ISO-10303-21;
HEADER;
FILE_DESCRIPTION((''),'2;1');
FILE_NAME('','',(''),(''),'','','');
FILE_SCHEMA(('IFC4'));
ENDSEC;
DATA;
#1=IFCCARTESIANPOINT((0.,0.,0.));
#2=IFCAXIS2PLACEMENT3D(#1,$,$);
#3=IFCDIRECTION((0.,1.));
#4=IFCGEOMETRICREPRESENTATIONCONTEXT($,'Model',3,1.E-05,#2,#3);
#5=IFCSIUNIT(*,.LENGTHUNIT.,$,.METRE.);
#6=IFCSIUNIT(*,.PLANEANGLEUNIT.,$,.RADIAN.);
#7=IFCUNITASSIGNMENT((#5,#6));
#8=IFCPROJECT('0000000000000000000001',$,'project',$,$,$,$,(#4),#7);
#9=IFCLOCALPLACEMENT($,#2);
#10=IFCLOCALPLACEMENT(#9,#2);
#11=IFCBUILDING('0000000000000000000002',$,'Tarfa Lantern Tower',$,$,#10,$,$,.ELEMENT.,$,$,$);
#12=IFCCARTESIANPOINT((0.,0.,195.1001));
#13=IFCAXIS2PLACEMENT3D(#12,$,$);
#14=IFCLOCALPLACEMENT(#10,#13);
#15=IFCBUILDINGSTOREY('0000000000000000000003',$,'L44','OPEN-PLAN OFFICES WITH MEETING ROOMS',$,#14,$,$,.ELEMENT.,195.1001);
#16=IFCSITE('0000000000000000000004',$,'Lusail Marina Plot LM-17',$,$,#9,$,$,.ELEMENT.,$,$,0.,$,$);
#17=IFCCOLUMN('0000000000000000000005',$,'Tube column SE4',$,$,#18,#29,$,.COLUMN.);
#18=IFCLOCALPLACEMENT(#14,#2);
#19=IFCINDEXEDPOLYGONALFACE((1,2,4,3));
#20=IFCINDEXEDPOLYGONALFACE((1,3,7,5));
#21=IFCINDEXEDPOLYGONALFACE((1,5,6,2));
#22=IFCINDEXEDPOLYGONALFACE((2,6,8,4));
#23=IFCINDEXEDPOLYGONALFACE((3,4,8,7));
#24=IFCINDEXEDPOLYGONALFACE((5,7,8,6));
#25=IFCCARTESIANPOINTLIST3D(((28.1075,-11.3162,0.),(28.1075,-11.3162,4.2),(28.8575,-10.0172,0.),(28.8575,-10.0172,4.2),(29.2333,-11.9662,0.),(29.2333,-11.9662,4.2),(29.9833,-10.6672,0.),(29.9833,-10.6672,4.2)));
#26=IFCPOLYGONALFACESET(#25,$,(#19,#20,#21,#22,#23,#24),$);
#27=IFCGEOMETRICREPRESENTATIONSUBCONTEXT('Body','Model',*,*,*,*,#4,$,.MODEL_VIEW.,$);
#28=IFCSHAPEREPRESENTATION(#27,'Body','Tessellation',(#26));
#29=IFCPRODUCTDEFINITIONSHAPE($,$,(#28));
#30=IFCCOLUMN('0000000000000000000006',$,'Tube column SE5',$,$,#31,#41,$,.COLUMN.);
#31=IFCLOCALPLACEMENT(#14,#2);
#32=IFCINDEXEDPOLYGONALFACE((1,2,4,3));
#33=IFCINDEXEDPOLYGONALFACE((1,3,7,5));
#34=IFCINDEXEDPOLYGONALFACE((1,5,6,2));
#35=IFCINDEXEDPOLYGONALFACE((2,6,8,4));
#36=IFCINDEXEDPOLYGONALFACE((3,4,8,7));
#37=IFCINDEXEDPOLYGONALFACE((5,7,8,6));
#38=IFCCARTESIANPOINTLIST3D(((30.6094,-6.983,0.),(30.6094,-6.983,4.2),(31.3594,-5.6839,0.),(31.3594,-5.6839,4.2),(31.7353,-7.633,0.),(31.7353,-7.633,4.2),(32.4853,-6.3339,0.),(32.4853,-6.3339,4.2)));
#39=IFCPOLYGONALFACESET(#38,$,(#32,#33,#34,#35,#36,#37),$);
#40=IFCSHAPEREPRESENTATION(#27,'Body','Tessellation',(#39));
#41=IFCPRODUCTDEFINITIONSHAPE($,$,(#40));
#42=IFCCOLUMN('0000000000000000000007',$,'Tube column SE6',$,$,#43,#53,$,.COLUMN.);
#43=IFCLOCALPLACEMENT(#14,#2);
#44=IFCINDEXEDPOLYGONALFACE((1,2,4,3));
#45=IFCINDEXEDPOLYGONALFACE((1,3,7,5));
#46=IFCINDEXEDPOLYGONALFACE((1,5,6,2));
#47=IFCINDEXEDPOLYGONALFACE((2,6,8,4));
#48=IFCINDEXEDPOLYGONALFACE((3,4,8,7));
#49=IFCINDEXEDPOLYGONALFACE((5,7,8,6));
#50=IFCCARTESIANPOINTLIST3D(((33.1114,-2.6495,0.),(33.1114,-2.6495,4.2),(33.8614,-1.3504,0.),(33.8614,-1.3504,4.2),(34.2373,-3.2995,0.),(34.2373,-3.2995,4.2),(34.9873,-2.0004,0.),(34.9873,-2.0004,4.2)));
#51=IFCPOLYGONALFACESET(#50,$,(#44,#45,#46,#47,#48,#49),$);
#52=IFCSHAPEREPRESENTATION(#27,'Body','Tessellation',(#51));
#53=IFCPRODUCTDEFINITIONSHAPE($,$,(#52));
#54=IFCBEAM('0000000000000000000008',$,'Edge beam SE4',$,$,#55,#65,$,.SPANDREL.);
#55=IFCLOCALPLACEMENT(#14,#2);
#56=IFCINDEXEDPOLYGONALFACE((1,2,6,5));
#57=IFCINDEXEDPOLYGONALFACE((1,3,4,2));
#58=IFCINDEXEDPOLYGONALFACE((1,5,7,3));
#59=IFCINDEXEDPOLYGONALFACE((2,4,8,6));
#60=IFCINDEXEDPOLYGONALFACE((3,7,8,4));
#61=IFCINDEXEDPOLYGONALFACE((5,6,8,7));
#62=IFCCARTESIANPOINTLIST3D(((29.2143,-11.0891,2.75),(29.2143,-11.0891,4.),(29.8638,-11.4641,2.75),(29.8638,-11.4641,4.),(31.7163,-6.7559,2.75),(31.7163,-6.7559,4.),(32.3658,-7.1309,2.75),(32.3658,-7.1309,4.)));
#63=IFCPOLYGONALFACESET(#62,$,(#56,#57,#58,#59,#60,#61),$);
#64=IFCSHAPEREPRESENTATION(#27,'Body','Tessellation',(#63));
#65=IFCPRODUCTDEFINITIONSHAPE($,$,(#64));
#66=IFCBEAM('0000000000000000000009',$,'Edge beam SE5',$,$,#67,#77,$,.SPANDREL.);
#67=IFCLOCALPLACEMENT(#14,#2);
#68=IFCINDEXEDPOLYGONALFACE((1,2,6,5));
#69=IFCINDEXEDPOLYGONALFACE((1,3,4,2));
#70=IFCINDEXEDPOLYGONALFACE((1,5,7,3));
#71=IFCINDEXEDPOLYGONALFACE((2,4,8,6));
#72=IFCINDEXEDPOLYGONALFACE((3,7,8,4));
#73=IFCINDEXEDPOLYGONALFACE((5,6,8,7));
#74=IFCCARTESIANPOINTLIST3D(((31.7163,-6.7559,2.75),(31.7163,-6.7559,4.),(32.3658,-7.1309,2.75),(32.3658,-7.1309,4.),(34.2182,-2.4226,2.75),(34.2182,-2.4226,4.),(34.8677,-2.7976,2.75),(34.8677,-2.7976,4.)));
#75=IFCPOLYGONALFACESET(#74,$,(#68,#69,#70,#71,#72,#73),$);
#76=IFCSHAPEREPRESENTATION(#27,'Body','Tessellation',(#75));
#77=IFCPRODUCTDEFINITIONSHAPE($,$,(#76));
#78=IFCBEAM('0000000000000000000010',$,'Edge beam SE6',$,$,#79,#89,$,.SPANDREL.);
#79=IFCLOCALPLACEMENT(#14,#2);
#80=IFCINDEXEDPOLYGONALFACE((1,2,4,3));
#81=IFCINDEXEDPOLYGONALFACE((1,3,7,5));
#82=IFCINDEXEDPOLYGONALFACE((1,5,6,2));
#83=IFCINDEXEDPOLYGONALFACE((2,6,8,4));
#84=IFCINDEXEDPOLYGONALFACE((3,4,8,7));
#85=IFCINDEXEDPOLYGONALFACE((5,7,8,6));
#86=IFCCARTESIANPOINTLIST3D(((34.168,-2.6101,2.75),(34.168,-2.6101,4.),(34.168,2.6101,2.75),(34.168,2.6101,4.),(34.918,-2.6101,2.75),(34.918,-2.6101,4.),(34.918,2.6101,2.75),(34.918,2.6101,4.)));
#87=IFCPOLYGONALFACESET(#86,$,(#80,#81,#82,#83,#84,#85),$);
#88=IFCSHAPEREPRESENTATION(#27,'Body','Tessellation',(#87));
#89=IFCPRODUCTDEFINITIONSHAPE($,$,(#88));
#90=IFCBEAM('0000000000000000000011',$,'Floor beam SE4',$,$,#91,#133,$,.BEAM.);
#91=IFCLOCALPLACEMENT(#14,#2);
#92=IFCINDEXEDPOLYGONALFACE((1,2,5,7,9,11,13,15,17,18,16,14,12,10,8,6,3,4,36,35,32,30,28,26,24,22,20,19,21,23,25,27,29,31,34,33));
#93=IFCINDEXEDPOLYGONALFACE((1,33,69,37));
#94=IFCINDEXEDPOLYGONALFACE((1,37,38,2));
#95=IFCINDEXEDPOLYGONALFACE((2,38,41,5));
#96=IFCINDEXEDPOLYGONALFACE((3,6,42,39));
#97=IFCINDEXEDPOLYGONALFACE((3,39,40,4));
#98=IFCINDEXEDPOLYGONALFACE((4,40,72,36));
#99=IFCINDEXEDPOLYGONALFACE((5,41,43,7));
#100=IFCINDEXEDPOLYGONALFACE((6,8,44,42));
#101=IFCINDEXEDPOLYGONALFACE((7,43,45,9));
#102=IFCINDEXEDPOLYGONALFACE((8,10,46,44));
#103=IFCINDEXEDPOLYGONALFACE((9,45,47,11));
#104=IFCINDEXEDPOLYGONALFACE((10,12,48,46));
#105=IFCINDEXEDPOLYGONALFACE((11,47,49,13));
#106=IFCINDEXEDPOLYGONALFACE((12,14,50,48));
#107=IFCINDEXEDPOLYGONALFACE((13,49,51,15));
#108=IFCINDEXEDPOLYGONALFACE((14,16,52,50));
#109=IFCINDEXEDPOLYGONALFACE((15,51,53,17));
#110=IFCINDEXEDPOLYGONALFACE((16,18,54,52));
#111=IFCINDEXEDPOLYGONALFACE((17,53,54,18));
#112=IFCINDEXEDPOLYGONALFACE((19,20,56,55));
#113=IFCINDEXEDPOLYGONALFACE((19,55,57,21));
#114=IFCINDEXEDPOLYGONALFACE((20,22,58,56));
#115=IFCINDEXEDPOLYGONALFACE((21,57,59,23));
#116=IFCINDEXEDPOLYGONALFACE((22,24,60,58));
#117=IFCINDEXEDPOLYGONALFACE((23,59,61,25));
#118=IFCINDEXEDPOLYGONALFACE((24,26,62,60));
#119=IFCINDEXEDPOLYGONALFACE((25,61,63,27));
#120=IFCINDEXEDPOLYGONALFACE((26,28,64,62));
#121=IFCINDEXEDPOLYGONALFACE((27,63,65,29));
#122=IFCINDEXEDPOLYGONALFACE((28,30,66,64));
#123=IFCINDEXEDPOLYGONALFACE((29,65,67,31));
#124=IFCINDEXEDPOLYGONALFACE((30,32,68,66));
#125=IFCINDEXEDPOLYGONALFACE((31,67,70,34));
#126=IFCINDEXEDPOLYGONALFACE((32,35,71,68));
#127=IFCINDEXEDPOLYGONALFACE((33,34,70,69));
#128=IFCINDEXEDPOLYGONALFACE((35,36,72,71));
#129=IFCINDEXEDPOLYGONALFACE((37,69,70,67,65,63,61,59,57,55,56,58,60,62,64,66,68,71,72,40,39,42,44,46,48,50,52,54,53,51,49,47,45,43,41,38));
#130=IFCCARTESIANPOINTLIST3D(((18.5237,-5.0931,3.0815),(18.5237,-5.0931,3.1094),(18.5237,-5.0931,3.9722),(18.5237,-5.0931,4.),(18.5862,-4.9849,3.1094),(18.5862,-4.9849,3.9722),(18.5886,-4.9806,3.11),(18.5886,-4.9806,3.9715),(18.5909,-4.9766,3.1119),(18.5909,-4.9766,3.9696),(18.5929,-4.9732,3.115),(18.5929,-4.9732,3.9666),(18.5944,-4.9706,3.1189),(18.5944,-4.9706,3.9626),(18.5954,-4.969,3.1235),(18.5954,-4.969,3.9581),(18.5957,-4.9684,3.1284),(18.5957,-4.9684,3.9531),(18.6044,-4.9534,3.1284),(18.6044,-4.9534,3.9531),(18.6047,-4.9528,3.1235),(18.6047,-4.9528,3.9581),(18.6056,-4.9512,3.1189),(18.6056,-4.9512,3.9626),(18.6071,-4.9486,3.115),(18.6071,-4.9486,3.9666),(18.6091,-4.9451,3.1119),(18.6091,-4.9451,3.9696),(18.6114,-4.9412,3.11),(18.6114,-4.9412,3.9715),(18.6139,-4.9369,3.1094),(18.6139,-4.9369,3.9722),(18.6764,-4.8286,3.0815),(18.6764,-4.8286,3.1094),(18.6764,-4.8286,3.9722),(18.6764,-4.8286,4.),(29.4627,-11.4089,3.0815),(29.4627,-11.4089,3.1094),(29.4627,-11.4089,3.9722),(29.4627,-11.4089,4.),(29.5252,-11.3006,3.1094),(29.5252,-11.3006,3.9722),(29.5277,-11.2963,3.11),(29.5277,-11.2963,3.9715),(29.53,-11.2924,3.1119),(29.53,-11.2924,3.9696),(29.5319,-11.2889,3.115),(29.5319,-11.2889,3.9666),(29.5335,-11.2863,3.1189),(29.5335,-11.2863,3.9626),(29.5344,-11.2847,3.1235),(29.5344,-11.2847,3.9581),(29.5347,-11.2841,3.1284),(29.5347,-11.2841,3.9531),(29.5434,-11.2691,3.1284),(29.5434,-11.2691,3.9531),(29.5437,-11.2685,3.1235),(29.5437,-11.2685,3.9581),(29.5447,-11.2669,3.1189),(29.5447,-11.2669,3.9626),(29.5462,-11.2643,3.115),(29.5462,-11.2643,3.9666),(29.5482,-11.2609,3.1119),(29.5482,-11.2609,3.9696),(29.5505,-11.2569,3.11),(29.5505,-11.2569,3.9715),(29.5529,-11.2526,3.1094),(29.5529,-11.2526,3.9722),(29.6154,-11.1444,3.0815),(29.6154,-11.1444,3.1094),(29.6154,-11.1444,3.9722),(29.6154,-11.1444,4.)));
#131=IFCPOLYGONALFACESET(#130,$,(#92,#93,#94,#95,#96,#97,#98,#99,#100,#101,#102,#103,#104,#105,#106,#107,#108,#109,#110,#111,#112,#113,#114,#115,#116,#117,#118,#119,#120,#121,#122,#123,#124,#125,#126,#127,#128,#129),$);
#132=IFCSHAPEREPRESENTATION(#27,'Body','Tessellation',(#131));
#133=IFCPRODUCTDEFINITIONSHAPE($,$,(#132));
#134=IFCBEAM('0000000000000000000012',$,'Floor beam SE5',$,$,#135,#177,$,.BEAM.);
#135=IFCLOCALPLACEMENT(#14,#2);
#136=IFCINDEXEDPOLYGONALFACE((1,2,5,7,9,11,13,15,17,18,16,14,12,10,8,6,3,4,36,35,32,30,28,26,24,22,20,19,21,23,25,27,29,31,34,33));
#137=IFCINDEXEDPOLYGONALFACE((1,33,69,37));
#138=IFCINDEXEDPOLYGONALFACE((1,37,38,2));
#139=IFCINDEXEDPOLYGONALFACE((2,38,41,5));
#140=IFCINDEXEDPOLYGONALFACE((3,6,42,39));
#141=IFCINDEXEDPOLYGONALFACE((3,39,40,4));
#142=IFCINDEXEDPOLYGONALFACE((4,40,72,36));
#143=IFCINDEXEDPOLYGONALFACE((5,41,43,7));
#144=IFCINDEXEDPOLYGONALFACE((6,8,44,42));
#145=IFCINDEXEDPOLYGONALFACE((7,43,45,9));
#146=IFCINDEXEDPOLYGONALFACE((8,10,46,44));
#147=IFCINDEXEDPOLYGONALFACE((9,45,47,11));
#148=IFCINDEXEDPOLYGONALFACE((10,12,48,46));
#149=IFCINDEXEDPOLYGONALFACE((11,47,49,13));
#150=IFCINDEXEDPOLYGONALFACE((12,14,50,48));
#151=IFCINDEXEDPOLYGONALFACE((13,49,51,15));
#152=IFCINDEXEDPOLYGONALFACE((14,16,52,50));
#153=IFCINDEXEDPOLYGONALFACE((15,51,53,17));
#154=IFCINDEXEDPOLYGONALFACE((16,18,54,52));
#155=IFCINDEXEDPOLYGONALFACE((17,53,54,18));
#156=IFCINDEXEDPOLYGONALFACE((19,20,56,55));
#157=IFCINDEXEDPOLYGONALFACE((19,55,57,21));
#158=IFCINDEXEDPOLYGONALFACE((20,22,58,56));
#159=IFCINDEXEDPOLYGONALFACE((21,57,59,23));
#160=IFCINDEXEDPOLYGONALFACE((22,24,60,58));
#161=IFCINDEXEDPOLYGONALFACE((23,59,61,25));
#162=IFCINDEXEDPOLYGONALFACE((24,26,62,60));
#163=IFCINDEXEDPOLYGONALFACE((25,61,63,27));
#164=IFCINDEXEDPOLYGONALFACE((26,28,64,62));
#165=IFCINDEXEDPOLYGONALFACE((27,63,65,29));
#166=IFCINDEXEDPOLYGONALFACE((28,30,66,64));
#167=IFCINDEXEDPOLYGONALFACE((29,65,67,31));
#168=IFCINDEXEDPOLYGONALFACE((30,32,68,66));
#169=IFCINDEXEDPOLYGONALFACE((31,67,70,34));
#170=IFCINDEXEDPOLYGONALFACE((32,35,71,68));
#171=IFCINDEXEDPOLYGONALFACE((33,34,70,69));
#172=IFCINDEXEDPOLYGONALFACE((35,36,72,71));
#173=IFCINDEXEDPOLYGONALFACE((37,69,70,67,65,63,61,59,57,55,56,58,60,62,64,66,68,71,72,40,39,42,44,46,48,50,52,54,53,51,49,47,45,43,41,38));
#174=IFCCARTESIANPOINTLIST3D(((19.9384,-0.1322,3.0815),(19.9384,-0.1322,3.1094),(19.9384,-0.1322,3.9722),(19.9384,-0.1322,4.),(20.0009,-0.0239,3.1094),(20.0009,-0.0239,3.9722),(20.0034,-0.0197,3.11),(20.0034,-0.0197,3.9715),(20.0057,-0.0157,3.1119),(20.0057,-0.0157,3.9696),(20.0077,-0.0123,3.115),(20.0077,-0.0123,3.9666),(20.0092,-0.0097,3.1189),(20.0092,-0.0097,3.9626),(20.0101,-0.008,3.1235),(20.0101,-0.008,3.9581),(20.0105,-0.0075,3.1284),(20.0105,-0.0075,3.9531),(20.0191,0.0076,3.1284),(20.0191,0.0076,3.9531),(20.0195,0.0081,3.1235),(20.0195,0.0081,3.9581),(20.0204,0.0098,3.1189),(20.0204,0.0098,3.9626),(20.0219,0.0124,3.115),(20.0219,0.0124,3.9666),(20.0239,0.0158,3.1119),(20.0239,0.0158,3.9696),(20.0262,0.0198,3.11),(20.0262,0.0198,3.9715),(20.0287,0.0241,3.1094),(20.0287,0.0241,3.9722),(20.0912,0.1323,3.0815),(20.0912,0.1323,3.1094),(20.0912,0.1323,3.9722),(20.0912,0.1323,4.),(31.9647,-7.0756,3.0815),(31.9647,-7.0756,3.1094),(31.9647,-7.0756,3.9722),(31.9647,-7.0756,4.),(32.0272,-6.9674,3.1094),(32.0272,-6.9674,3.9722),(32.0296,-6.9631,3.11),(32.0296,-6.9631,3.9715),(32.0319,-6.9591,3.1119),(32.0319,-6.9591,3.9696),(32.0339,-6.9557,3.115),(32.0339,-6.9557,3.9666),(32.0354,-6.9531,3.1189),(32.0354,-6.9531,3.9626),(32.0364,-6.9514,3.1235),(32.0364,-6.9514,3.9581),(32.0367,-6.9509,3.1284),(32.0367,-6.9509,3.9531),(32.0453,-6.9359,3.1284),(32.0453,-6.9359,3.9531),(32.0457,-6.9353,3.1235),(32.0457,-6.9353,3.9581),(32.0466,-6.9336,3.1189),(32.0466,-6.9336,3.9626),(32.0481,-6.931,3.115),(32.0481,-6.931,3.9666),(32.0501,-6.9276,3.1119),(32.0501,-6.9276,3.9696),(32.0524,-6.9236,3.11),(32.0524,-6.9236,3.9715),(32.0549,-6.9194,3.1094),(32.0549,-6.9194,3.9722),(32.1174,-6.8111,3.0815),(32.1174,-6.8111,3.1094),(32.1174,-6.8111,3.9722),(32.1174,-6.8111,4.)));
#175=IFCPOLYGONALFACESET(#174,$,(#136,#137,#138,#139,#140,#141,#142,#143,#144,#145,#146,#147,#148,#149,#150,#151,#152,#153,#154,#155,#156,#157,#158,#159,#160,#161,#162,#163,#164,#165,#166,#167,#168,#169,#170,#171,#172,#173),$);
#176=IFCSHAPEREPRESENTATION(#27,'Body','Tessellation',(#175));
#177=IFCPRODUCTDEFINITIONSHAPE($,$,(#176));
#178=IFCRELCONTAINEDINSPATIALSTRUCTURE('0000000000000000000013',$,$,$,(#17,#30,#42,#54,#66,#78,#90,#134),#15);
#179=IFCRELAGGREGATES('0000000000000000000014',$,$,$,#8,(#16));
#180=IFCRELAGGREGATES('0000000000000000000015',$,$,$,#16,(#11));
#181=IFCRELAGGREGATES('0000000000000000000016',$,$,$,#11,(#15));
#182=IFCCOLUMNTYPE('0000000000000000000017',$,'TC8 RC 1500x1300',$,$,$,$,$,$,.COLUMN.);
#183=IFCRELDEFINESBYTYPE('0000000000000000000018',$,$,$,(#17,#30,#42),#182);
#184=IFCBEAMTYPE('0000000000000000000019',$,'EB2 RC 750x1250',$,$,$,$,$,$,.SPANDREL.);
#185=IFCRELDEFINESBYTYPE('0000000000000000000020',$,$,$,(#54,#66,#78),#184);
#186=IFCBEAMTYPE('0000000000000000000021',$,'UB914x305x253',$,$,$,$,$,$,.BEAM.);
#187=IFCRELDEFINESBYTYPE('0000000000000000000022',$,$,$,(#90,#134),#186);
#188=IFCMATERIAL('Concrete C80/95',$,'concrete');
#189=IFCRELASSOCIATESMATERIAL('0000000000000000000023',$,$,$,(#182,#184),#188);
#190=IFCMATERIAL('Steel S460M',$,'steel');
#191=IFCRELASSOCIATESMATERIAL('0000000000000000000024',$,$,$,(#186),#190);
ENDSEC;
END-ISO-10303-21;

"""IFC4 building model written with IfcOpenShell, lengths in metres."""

from ifc_helpers import new_model, si_unit, direction, frame, origin, origin_2d, place, context, subcontext, project, spatial, rectangle, i_section, extrude, material, material_profile, profile_set, type_object, element, save


model = new_model("IFC4")

# Units and contexts
model_context = context("Model", 3, precision=1e-05, world=origin(), true_north=direction((0.0, 1.0)))
body_context = subcontext(model_context, "Body", "Model", "MODEL_VIEW")
ifc_project = project(units=[si_unit("LENGTHUNIT", "METRE"), si_unit("PLANEANGLEUNIT", "RADIAN")], contexts=[model_context])

# Site, building, storey
site_placement = place(None, origin())
site = spatial("IfcSite", under=ifc_project, at=site_placement, Name="Lusail Marina Plot LM-17", CompositionType="ELEMENT", RefElevation=0.0)
building_placement = place(site_placement, origin())
building = spatial("IfcBuilding", under=site, at=building_placement, Name="Tarfa Lantern Tower", CompositionType="ELEMENT")
storey_placement = place(building_placement, frame((0.0, 0.0, 195.1001)))
storey = spatial("IfcBuildingStorey", under=building, at=storey_placement, Name="L44", Description="OPEN-PLAN OFFICES WITH MEETING ROOMS", CompositionType="ELEMENT", Elevation=195.1001)

# Columns
ifc_material_1 = material(Name="Concrete C80/95", Category="concrete")
ifc_material_profile_1 = material_profile(ifc_material_1, rectangle(XDim=1.5, YDim=1.3, at=origin_2d()), Name="RC 1500x1300")
ifc_profile_set_1 = profile_set([ifc_material_profile_1], Name="Concrete C80/95")
column_type = type_object("IfcColumnType", Name="TC8 RC 1500x1300", PredefinedType="COLUMN", material=ifc_profile_set_1)
for number, where, z_axis, x_axis, name in (
    (1, (29.0454, -10.9917, 0.0), (0.0, 0.0, 1.0), (0.5, 0.866025, 0.0), "Tube column SE4"),
    (2, (31.5474, -6.6584, 0.0), (0.0, 0.0, 1.0), (0.5, 0.866025, 0.0), "Tube column SE5"),
    (3, (34.0493, -2.325, 0.0), (0.0, 0.0, 1.0), (0.5, 0.866025, 0.0), "Tube column SE6"),
):
    element("IfcColumn", number, at=place(storey_placement, frame(where, z_axis=z_axis, x_axis=x_axis)), inside=storey, type_object=column_type, Name=name, PredefinedType="COLUMN", context=body_context, shape_type="SweptSolid", body=[
        extrude(rectangle(XDim=1.5, YDim=1.3, at=origin_2d()), origin(), (0.0, 0.0, 1.0), 4.2),
    ])

# Beams
ifc_material_profile_2 = material_profile(ifc_material_1, rectangle(XDim=0.75, YDim=1.25, at=origin_2d()), Name="RC 750x1250")
ifc_profile_set_2 = profile_set([ifc_material_profile_2], Name="Concrete C80/95")
beam_type_1 = type_object("IfcBeamType", Name="EB2 RC 750x1250", PredefinedType="SPANDREL", material=ifc_profile_set_2)
for number, where, z_axis, x_axis, name in (
    (4, (29.5391, -11.2766, 3.375), (0.500022, 0.866013, 0.0), (-0.866013, 0.500022, 0.0), "Edge beam SE4"),
    (5, (32.041, -6.9434, 3.375), (0.500022, 0.866013, 0.0), (-0.866013, 0.500022, 0.0), "Edge beam SE5"),
):
    element("IfcBeam", number, at=place(storey_placement, frame(where, z_axis=z_axis, x_axis=x_axis)), inside=storey, type_object=beam_type_1, Name=name, PredefinedType="SPANDREL", context=body_context, shape_type="SweptSolid", body=[
        extrude(rectangle(XDim=0.75, YDim=1.25, at=origin_2d()), origin(), (0.0, 0.0, 1.0), 5.0037),
    ])
beam_1_placement = place(storey_placement, frame((34.543, -2.6101, 3.375), z_axis=(0.0, 1.0, 0.0), x_axis=(-1.0, 0.0, 0.0)))
element("IfcBeam", 6, at=beam_1_placement, inside=storey, type_object=beam_type_1, Name="Edge beam SE6", PredefinedType="SPANDREL", context=body_context, shape_type="SweptSolid", body=[
    extrude(rectangle(XDim=0.75, YDim=1.25, at=origin_2d()), origin(), (0.0, 0.0, 1.0), 5.2202),
])
ifc_material_2 = material(Name="Steel S460M", Category="steel")
ifc_material_profile_3 = material_profile(ifc_material_2, i_section(OverallWidth=0.3054, OverallDepth=0.9185, WebThickness=0.0173, FlangeThickness=0.0278, FilletRadius=0.019, at=origin_2d()), Name="UB914x305x253")
ifc_profile_set_3 = profile_set([ifc_material_profile_3], Name="Steel S460M")
beam_type_2 = type_object("IfcBeamType", Name="UB914x305x253", PredefinedType="BEAM", material=ifc_profile_set_3)
beam_2_placement = place(storey_placement, frame((29.5391, -11.2766, 3.5408), z_axis=(-0.866023, 0.500004, 0.0), x_axis=(-0.500004, -0.866023, 0.0)))
element("IfcBeam", 7, at=beam_2_placement, inside=storey, type_object=beam_type_2, Name="Floor beam SE4", PredefinedType="BEAM", context=body_context, shape_type="SweptSolid", body=[
    extrude(i_section(OverallWidth=0.3054, OverallDepth=0.9185, WebThickness=0.0173, FlangeThickness=0.0278, FilletRadius=0.019, at=origin_2d()), origin(), (0.0, 0.0, 1.0), 12.6313),
])
beam_3_placement = place(storey_placement, frame((32.041, -6.9434, 3.5408), z_axis=(-0.866023, 0.500004, 0.0), x_axis=(-0.500004, -0.866023, 0.0)))
element("IfcBeam", 8, at=beam_3_placement, inside=storey, type_object=beam_type_2, Name="Floor beam SE5", PredefinedType="BEAM", context=body_context, shape_type="SweptSolid", body=[
    extrude(i_section(OverallWidth=0.3054, OverallDepth=0.9185, WebThickness=0.0173, FlangeThickness=0.0278, FilletRadius=0.019, at=origin_2d()), origin(), (0.0, 0.0, 1.0), 13.8867),
])

save(model, "model.ifc")
